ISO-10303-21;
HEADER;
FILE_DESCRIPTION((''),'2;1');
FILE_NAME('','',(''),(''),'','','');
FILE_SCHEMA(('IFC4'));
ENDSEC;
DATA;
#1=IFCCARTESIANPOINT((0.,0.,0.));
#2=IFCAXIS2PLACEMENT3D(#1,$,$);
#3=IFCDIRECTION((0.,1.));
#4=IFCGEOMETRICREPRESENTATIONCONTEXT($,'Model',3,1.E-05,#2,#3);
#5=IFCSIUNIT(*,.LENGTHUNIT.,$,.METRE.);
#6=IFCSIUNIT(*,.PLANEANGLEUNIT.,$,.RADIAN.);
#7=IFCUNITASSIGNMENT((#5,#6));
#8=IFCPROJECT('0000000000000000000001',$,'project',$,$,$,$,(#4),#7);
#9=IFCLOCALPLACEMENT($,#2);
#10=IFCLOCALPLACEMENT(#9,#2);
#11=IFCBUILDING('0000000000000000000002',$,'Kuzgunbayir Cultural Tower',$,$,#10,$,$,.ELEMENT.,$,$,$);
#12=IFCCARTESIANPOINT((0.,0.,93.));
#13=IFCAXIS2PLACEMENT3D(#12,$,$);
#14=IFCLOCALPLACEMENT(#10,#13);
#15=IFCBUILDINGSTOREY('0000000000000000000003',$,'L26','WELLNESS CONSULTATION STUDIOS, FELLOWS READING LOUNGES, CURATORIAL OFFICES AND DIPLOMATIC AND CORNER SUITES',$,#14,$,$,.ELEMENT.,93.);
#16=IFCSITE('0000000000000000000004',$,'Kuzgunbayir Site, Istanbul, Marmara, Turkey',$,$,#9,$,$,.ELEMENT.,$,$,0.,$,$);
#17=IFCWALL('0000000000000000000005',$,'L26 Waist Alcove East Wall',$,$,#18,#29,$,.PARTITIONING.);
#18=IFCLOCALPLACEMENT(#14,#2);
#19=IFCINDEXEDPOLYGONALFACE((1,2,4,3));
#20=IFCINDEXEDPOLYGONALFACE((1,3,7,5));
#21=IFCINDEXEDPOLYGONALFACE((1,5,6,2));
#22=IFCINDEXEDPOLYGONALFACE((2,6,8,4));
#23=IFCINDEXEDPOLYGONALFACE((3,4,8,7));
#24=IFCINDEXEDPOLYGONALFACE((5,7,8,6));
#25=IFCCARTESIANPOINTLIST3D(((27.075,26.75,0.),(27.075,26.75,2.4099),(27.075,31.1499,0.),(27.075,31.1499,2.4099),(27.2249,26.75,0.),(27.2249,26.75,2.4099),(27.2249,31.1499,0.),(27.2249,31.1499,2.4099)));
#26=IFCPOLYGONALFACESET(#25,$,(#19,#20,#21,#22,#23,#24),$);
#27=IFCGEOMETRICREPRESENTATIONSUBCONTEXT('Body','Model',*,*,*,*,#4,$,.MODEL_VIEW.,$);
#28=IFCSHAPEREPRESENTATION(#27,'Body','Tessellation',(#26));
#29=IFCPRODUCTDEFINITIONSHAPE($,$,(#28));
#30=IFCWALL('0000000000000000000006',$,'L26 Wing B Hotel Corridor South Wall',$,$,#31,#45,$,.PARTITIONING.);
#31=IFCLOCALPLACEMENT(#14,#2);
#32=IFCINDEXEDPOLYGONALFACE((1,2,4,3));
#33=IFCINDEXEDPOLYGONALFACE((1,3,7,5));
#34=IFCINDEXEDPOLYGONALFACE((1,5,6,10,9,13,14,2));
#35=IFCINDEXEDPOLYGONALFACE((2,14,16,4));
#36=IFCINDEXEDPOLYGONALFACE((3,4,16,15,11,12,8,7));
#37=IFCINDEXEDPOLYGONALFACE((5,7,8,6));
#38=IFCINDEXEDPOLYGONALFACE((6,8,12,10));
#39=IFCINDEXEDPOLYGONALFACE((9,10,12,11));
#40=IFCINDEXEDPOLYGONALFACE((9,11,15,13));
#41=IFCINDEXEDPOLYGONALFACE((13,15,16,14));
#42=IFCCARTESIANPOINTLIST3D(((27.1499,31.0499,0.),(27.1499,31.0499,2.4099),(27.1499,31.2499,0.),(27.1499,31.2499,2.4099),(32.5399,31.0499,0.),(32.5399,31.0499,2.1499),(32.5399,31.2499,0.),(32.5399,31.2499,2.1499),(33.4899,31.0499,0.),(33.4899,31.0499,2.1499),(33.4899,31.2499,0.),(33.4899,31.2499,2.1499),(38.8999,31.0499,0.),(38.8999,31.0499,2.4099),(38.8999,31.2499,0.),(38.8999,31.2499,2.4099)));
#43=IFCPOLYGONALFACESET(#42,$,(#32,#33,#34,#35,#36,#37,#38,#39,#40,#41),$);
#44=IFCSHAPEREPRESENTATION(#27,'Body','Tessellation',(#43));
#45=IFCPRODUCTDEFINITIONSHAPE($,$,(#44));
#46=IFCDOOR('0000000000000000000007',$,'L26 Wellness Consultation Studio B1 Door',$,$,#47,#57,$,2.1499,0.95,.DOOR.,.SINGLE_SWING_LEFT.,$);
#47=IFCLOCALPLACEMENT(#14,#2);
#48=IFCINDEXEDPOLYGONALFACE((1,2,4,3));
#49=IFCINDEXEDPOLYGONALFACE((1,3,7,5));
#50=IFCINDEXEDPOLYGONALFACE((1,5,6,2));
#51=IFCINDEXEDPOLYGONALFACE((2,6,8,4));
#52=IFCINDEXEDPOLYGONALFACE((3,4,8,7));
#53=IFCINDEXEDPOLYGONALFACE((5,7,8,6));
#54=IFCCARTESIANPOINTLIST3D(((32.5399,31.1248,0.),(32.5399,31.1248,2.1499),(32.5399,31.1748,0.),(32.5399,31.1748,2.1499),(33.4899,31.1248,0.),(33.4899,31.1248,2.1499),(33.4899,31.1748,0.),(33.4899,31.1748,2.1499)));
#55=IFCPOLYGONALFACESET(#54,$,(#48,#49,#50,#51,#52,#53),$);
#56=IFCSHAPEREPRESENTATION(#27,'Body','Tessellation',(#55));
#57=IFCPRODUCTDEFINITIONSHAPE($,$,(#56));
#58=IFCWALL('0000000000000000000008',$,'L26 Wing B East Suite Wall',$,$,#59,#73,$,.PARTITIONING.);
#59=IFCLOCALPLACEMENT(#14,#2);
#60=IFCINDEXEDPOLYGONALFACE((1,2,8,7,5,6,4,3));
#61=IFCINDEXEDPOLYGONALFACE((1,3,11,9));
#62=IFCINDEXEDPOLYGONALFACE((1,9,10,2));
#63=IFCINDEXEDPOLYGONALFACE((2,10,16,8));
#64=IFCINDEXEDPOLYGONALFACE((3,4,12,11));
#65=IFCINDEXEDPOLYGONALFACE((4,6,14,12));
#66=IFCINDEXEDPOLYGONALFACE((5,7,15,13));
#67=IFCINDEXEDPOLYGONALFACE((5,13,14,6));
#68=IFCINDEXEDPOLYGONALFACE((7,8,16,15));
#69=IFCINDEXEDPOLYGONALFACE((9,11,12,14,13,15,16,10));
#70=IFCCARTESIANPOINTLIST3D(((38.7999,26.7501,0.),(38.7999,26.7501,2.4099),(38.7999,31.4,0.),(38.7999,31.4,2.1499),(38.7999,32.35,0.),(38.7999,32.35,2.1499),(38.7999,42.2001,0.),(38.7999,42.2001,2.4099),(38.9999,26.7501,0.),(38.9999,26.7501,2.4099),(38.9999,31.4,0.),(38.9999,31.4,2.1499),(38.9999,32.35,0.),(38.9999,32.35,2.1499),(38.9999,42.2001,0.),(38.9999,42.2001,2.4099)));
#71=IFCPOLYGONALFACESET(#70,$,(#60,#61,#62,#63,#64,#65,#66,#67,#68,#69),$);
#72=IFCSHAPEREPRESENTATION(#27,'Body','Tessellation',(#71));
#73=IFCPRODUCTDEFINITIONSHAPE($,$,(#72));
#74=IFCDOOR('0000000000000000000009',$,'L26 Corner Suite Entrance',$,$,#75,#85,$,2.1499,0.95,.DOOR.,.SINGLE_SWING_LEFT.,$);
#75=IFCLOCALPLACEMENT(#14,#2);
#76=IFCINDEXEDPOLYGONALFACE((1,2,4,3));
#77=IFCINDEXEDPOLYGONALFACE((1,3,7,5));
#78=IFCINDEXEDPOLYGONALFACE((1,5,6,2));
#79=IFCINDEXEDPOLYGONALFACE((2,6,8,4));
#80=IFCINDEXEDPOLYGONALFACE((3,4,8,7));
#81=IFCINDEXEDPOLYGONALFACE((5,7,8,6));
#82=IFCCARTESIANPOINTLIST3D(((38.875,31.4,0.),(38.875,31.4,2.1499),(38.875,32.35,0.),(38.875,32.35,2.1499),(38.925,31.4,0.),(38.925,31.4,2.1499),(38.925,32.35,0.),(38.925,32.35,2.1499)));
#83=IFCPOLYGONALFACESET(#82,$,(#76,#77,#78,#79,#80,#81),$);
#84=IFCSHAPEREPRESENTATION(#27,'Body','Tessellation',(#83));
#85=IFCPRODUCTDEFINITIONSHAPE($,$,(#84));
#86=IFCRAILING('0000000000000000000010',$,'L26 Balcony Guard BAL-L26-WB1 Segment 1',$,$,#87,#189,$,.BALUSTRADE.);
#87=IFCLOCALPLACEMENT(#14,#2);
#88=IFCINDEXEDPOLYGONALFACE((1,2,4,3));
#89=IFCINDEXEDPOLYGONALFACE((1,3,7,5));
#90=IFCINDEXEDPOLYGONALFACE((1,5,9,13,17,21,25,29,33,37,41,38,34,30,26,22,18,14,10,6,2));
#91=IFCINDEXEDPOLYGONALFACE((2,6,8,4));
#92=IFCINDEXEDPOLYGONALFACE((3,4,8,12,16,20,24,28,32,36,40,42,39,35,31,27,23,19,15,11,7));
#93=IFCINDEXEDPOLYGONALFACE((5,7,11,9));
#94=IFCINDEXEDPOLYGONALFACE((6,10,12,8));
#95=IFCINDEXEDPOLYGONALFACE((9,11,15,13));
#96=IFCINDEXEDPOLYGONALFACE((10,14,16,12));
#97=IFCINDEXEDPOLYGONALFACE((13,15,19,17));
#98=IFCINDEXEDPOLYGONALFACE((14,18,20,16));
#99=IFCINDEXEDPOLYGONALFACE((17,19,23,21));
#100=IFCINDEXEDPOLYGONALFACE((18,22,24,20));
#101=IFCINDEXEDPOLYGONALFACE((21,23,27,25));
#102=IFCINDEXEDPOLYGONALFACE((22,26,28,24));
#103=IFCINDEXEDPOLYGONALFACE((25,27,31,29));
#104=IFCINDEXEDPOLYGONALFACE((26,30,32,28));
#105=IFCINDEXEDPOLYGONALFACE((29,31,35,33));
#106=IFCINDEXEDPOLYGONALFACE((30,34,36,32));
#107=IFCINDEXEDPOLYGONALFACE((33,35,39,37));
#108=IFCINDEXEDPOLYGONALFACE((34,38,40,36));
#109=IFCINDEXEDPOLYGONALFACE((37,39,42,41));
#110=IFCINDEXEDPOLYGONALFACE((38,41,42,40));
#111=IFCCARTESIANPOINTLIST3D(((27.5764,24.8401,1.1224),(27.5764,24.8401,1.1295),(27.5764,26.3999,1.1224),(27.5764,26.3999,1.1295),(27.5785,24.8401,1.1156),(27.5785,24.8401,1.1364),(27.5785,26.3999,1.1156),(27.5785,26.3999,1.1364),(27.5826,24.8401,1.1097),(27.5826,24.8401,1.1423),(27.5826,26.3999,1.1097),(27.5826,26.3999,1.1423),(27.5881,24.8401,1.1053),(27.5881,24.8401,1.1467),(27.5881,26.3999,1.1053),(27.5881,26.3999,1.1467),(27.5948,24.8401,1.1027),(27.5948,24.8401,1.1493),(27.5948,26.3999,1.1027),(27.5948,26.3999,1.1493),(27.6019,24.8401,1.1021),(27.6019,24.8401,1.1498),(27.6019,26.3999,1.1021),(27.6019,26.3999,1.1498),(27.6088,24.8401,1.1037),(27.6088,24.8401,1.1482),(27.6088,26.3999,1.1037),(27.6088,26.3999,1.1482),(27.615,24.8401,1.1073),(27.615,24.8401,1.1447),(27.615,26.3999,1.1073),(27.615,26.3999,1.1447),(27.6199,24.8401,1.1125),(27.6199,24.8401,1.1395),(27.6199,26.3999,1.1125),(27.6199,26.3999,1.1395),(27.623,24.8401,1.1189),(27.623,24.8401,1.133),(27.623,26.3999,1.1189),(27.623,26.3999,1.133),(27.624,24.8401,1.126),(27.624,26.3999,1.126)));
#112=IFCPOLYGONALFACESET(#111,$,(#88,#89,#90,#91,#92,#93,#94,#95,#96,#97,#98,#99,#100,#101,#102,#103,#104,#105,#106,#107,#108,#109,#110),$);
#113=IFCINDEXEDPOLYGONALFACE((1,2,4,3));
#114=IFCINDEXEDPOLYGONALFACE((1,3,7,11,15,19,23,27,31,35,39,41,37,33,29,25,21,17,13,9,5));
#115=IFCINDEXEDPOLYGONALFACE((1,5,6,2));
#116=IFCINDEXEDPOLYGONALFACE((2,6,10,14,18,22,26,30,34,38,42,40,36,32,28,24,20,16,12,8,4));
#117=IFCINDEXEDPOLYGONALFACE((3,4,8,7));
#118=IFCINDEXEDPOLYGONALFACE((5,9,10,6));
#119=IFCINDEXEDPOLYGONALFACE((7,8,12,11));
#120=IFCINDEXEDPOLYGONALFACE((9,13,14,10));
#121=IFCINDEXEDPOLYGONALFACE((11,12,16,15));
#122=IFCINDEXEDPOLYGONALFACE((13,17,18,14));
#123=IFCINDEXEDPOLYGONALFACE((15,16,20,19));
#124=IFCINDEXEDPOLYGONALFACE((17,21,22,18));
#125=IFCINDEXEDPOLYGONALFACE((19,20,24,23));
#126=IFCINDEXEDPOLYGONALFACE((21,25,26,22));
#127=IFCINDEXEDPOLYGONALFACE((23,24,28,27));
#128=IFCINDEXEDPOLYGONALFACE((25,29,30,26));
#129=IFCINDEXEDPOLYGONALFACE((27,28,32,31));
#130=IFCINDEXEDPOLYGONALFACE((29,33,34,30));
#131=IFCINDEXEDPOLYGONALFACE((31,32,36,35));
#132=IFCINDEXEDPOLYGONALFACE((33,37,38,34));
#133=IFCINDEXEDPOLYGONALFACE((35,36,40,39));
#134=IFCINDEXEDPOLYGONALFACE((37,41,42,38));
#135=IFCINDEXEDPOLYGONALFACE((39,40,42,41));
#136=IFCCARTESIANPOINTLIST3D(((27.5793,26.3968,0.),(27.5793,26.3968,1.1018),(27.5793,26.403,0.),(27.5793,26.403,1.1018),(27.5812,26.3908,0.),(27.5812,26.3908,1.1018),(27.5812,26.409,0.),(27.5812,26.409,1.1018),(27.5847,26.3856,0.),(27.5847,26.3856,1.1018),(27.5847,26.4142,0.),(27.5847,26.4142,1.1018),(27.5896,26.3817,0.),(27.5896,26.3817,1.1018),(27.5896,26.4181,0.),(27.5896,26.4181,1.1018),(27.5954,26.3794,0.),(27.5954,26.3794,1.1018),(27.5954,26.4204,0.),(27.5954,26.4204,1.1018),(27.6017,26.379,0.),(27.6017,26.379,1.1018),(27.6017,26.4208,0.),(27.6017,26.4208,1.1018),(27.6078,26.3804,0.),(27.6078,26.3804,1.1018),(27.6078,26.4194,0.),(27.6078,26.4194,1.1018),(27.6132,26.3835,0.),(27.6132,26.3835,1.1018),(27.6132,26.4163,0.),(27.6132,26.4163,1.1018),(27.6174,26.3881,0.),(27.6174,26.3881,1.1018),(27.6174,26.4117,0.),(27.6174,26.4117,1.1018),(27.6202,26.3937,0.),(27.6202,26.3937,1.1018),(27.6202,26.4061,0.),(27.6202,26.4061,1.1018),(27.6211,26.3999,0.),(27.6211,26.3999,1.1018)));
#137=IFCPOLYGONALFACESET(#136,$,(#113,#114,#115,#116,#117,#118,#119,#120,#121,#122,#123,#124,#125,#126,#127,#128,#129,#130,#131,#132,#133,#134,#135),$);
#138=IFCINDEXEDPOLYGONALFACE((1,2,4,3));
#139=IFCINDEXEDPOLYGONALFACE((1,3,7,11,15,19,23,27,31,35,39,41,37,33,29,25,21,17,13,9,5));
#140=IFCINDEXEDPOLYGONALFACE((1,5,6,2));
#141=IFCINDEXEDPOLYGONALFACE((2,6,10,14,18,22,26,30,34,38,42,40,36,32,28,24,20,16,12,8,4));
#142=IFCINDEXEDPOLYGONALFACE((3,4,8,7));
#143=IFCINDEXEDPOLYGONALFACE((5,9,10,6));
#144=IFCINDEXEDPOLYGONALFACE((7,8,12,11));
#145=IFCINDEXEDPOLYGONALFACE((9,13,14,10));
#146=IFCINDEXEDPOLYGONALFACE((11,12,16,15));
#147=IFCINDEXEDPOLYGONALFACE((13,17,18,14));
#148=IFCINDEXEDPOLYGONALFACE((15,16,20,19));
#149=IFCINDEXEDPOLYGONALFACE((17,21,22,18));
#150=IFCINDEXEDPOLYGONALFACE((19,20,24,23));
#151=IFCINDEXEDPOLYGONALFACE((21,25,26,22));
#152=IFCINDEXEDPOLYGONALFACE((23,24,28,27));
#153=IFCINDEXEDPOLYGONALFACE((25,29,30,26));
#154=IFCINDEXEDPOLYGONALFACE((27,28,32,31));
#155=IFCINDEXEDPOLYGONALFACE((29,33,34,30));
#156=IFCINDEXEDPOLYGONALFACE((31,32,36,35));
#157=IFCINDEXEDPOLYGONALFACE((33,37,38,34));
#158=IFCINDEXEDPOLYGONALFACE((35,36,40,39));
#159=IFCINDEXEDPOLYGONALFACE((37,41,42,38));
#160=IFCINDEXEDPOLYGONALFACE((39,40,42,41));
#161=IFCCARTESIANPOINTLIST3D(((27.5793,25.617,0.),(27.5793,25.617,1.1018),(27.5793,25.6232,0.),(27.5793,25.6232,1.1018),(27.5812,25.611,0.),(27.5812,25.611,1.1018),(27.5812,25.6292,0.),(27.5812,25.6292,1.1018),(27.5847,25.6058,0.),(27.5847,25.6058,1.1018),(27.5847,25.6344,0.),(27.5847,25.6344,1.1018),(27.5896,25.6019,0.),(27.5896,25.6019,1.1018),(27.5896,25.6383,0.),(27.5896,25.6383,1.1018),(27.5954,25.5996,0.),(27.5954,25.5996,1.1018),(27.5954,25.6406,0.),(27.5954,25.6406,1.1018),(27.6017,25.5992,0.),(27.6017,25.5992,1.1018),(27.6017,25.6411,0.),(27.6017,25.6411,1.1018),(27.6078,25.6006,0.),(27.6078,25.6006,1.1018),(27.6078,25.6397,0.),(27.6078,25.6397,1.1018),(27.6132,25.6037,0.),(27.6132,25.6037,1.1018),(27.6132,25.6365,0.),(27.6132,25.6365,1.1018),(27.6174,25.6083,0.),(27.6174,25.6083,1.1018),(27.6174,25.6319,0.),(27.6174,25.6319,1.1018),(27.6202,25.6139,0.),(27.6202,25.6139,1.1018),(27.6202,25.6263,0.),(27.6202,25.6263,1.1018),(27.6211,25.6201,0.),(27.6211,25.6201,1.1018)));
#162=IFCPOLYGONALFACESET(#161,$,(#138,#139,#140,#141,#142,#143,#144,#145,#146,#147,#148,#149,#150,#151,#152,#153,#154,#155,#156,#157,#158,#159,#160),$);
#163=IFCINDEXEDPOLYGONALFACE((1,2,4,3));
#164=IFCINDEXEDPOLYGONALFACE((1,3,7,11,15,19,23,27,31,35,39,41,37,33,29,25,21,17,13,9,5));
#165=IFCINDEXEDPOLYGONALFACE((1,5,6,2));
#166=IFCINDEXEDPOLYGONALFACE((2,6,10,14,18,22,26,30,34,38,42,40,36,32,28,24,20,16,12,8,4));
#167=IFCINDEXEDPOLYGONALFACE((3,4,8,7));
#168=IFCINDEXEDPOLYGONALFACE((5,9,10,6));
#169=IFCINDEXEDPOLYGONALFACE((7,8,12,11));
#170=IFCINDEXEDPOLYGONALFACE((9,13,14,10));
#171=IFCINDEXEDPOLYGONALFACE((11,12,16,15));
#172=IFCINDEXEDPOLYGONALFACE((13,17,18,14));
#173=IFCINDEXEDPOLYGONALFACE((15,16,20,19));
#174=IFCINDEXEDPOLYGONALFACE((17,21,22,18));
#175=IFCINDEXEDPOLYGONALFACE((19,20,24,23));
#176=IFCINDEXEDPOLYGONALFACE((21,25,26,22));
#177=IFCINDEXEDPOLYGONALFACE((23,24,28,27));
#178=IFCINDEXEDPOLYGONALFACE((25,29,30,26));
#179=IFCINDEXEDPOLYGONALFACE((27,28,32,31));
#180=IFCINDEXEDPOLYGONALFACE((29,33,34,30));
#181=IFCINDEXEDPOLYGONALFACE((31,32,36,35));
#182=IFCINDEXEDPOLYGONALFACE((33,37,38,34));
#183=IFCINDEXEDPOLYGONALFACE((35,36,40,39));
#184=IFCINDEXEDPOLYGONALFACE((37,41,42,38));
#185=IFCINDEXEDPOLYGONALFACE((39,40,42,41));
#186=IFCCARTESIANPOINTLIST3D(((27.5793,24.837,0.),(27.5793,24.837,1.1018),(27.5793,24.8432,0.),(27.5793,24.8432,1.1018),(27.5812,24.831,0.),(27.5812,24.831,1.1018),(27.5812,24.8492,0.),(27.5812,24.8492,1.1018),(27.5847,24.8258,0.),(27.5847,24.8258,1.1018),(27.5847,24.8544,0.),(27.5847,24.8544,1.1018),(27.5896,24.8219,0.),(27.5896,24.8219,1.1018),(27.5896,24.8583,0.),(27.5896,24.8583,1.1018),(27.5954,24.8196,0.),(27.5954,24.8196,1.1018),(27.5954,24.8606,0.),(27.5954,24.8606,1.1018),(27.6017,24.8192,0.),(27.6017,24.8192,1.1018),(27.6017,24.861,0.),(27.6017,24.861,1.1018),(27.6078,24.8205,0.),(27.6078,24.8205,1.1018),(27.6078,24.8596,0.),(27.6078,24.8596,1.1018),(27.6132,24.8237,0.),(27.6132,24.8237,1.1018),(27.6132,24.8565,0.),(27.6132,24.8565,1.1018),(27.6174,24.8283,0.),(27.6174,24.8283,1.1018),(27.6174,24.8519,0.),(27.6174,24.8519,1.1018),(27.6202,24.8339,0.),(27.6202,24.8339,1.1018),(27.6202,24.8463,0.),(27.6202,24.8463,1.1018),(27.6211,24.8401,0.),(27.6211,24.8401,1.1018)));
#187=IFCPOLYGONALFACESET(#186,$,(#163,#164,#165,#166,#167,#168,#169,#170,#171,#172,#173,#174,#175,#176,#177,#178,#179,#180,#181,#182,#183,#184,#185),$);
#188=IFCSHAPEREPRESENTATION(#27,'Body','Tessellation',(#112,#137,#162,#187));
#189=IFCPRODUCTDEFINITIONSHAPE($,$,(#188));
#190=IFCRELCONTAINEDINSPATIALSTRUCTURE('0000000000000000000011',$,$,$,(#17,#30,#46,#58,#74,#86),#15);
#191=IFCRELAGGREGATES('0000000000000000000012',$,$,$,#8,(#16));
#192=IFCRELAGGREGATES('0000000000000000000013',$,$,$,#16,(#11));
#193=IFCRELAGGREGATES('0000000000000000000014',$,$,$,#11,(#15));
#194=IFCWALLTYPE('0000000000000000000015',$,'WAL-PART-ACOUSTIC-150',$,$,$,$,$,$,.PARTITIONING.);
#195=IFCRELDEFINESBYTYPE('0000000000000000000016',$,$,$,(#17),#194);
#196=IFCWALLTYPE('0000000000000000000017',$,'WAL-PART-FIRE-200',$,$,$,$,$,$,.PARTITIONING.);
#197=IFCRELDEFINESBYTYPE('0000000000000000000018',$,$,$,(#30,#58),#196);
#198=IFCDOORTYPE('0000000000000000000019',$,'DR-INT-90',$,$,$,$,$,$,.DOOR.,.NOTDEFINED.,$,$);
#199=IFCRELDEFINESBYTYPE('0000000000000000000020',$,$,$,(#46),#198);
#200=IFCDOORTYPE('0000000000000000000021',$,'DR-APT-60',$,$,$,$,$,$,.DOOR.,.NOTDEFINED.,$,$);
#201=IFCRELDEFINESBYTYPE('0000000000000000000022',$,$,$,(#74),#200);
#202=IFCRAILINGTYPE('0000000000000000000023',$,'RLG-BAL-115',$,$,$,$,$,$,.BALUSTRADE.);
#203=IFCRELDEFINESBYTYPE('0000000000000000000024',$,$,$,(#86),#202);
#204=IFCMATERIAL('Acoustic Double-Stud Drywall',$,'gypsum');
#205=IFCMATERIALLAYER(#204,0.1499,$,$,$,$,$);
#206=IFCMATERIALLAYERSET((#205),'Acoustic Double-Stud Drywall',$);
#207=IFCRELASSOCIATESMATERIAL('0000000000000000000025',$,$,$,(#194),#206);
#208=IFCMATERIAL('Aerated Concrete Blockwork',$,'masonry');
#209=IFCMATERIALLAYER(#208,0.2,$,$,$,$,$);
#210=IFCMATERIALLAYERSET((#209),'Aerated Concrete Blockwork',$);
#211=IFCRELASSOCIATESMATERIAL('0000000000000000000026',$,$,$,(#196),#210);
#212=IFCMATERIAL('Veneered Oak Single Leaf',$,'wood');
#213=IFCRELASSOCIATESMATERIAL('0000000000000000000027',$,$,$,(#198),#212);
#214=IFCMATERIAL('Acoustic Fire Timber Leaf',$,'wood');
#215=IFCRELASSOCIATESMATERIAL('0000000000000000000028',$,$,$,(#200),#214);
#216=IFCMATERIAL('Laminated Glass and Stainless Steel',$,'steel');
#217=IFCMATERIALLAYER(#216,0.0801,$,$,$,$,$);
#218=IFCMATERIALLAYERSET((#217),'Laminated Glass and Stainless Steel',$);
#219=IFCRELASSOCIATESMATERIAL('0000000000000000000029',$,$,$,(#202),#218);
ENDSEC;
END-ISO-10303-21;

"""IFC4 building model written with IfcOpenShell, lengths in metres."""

from ifc_helpers import new_model, si_unit, direction, frame, frame_2d, origin, origin_2d, place, context, subcontext, project, spatial, rectangle, circle, extrude, material, layer, layer_set, type_object, element, fill, save


model = new_model("IFC4")

# Units and contexts
model_context = context("Model", 3, precision=1e-05, world=origin(), true_north=direction((0.0, 1.0)))
body_context = subcontext(model_context, "Body", "Model", "MODEL_VIEW")
ifc_project = project(units=[si_unit("LENGTHUNIT", "METRE"), si_unit("PLANEANGLEUNIT", "RADIAN")], contexts=[model_context])

# Site, building, storey
site_placement = place(None, origin())
site = spatial("IfcSite", under=ifc_project, at=site_placement, Name="Kuzgunbayir Site, Istanbul, Marmara, Turkey", CompositionType="ELEMENT", RefElevation=0.0)
building_placement = place(site_placement, origin())
building = spatial("IfcBuilding", under=site, at=building_placement, Name="Kuzgunbayir Cultural Tower", CompositionType="ELEMENT")
storey_placement = place(building_placement, frame((0.0, 0.0, 93.0)))
storey = spatial("IfcBuildingStorey", under=building, at=storey_placement, Name="L26", Description="WELLNESS CONSULTATION STUDIOS, FELLOWS READING LOUNGES, CURATORIAL OFFICES AND DIPLOMATIC AND CORNER SUITES", CompositionType="ELEMENT", Elevation=93.0)

# Wall
ifc_material_1 = material(Name="Acoustic Double-Stud Drywall", Category="gypsum")
ifc_layer_1 = layer(ifc_material_1, 0.1499)
ifc_layer_set_1 = layer_set([ifc_layer_1], Name="Acoustic Double-Stud Drywall")
wall_type_1 = type_object("IfcWallType", Name="WAL-PART-ACOUSTIC-150", PredefinedType="PARTITIONING", material=ifc_layer_set_1)
wall_1_placement = place(storey_placement, frame((27.1499, 26.75, 0.0), z_axis=(0.0, 0.0, 1.0), x_axis=(0.0, 1.0, 0.0)))
element("IfcWall", 1, at=wall_1_placement, inside=storey, type_object=wall_type_1, Name="L26 Waist Alcove East Wall", PredefinedType="PARTITIONING", context=body_context, shape_type="SweptSolid", body=[
    extrude(rectangle(XDim=4.3999, YDim=0.1499, at=frame_2d((2.2, 0.0))), origin(), (0.0, 0.0, 1.0), 2.4099),
])

# Walls, openings, doors
ifc_material_2 = material(Name="Aerated Concrete Blockwork", Category="masonry")
ifc_layer_2 = layer(ifc_material_2, 0.2)
ifc_layer_set_2 = layer_set([ifc_layer_2], Name="Aerated Concrete Blockwork")
wall_type_2 = type_object("IfcWallType", Name="WAL-PART-FIRE-200", PredefinedType="PARTITIONING", material=ifc_layer_set_2)
wall_2_placement = place(storey_placement, frame((27.1499, 31.1499, 0.0), z_axis=(0.0, 0.0, 1.0), x_axis=(1.0, 0.0, 0.0)))
wall_2 = element("IfcWall", 2, at=wall_2_placement, inside=storey, type_object=wall_type_2, Name="L26 Wing B Hotel Corridor South Wall", PredefinedType="PARTITIONING", context=body_context, shape_type="SweptSolid", body=[
    extrude(rectangle(XDim=11.75, YDim=0.2, at=frame_2d((5.875, 0.0))), origin(), (0.0, 0.0, 1.0), 2.4099),
])
opening_1_placement = place(wall_2_placement, frame((5.3899, 0.0, 0.0)))
opening_1 = element("IfcOpeningElement", 3, at=opening_1_placement, cuts=wall_2, PredefinedType="OPENING", context=body_context, shape_type="SweptSolid", body=[
    extrude(rectangle(XDim=0.95, YDim=2.1499, at=frame_2d((0.4751, 1.075))), frame((0.0, 0.1099, 0.0), z_axis=(0.0, -1.0, 0.0), x_axis=(1.0, 0.0, 0.0)), (0.0, 0.0, 1.0), 0.22),
])
ifc_material_3 = material(Name="Veneered Oak Single Leaf", Category="wood")
door_type_1 = type_object("IfcDoorType", Name="DR-INT-90", OperationType="NOTDEFINED", PredefinedType="DOOR", material=ifc_material_3)
door_1_placement = place(opening_1_placement, origin())
door_1 = element("IfcDoor", 4, at=door_1_placement, inside=storey, type_object=door_type_1, Name="L26 Wellness Consultation Studio B1 Door", OperationType="SINGLE_SWING_LEFT", OverallHeight=2.1499, OverallWidth=0.95, PredefinedType="DOOR", context=body_context, shape_type="SweptSolid", body=[
    extrude(rectangle(XDim=0.95, YDim=2.1499, at=frame_2d((0.4751, 1.075))), frame((0.0, 0.0249, 0.0), z_axis=(0.0, -1.0, 0.0), x_axis=(1.0, 0.0, 0.0)), (0.0, 0.0, 1.0), 0.05),
])
fill(opening_1, door_1)
wall_3_placement = place(storey_placement, frame((38.8999, 26.75, 0.0), z_axis=(0.0, 0.0, 1.0), x_axis=(0.0, 1.0, 0.0)))
wall_3 = element("IfcWall", 5, at=wall_3_placement, inside=storey, type_object=wall_type_2, Name="L26 Wing B East Suite Wall", PredefinedType="PARTITIONING", context=body_context, shape_type="SweptSolid", body=[
    extrude(rectangle(XDim=15.45, YDim=0.2, at=frame_2d((7.7251, 0.0))), origin(), (0.0, 0.0, 1.0), 2.4099),
])
opening_2_placement = place(wall_3_placement, frame((4.6499, 0.0, 0.0)))
opening_2 = element("IfcOpeningElement", 6, at=opening_2_placement, cuts=wall_3, PredefinedType="OPENING", context=body_context, shape_type="SweptSolid", body=[
    extrude(rectangle(XDim=0.95, YDim=2.1499, at=frame_2d((0.4751, 1.075))), frame((0.0, 0.1099, 0.0), z_axis=(0.0, -1.0, 0.0), x_axis=(1.0, 0.0, 0.0)), (0.0, 0.0, 1.0), 0.22),
])
ifc_material_4 = material(Name="Acoustic Fire Timber Leaf", Category="wood")
door_type_2 = type_object("IfcDoorType", Name="DR-APT-60", OperationType="NOTDEFINED", PredefinedType="DOOR", material=ifc_material_4)
door_2_placement = place(opening_2_placement, origin())
door_2 = element("IfcDoor", 7, at=door_2_placement, inside=storey, type_object=door_type_2, Name="L26 Corner Suite Entrance", OperationType="SINGLE_SWING_LEFT", OverallHeight=2.1499, OverallWidth=0.95, PredefinedType="DOOR", context=body_context, shape_type="SweptSolid", body=[
    extrude(rectangle(XDim=0.95, YDim=2.1499, at=frame_2d((0.4751, 1.075))), frame((0.0, 0.0249, 0.0), z_axis=(0.0, -1.0, 0.0), x_axis=(1.0, 0.0, 0.0)), (0.0, 0.0, 1.0), 0.05),
])
fill(opening_2, door_2)

# Railing
ifc_material_5 = material(Name="Laminated Glass and Stainless Steel", Category="steel")
ifc_layer_3 = layer(ifc_material_5, 0.0801)
ifc_layer_set_3 = layer_set([ifc_layer_3], Name="Laminated Glass and Stainless Steel")
railing_type = type_object("IfcRailingType", Name="RLG-BAL-115", PredefinedType="BALUSTRADE", material=ifc_layer_set_3)
railing_1_placement = place(storey_placement, frame((27.6001, 26.3999, 0.0)))
element("IfcRailing", 8, at=railing_1_placement, inside=storey, type_object=railing_type, Name="L26 Balcony Guard BAL-L26-WB1 Segment 1", PredefinedType="BALUSTRADE", context=body_context, shape_type="SweptSolid", body=[
    extrude(circle(Radius=0.0239, at=origin_2d()), frame((0.0, 0.0, 1.126), z_axis=(0.0, -1.0, 0.0), x_axis=(1.0, 0.0, 0.0)), (0.0, 0.0, 1.0), 1.5598),
    extrude(circle(Radius=0.021, at=origin_2d()), origin(), (0.0, 0.0, 1.0), 1.1018),
    extrude(circle(Radius=0.021, at=origin_2d()), frame((0.0, -0.7798, 0.0)), (0.0, 0.0, 1.0), 1.1018),
    extrude(circle(Radius=0.021, at=origin_2d()), frame((0.0, -1.5598, 0.0)), (0.0, 0.0, 1.0), 1.1018),
])

save(model, "model.ifc")
